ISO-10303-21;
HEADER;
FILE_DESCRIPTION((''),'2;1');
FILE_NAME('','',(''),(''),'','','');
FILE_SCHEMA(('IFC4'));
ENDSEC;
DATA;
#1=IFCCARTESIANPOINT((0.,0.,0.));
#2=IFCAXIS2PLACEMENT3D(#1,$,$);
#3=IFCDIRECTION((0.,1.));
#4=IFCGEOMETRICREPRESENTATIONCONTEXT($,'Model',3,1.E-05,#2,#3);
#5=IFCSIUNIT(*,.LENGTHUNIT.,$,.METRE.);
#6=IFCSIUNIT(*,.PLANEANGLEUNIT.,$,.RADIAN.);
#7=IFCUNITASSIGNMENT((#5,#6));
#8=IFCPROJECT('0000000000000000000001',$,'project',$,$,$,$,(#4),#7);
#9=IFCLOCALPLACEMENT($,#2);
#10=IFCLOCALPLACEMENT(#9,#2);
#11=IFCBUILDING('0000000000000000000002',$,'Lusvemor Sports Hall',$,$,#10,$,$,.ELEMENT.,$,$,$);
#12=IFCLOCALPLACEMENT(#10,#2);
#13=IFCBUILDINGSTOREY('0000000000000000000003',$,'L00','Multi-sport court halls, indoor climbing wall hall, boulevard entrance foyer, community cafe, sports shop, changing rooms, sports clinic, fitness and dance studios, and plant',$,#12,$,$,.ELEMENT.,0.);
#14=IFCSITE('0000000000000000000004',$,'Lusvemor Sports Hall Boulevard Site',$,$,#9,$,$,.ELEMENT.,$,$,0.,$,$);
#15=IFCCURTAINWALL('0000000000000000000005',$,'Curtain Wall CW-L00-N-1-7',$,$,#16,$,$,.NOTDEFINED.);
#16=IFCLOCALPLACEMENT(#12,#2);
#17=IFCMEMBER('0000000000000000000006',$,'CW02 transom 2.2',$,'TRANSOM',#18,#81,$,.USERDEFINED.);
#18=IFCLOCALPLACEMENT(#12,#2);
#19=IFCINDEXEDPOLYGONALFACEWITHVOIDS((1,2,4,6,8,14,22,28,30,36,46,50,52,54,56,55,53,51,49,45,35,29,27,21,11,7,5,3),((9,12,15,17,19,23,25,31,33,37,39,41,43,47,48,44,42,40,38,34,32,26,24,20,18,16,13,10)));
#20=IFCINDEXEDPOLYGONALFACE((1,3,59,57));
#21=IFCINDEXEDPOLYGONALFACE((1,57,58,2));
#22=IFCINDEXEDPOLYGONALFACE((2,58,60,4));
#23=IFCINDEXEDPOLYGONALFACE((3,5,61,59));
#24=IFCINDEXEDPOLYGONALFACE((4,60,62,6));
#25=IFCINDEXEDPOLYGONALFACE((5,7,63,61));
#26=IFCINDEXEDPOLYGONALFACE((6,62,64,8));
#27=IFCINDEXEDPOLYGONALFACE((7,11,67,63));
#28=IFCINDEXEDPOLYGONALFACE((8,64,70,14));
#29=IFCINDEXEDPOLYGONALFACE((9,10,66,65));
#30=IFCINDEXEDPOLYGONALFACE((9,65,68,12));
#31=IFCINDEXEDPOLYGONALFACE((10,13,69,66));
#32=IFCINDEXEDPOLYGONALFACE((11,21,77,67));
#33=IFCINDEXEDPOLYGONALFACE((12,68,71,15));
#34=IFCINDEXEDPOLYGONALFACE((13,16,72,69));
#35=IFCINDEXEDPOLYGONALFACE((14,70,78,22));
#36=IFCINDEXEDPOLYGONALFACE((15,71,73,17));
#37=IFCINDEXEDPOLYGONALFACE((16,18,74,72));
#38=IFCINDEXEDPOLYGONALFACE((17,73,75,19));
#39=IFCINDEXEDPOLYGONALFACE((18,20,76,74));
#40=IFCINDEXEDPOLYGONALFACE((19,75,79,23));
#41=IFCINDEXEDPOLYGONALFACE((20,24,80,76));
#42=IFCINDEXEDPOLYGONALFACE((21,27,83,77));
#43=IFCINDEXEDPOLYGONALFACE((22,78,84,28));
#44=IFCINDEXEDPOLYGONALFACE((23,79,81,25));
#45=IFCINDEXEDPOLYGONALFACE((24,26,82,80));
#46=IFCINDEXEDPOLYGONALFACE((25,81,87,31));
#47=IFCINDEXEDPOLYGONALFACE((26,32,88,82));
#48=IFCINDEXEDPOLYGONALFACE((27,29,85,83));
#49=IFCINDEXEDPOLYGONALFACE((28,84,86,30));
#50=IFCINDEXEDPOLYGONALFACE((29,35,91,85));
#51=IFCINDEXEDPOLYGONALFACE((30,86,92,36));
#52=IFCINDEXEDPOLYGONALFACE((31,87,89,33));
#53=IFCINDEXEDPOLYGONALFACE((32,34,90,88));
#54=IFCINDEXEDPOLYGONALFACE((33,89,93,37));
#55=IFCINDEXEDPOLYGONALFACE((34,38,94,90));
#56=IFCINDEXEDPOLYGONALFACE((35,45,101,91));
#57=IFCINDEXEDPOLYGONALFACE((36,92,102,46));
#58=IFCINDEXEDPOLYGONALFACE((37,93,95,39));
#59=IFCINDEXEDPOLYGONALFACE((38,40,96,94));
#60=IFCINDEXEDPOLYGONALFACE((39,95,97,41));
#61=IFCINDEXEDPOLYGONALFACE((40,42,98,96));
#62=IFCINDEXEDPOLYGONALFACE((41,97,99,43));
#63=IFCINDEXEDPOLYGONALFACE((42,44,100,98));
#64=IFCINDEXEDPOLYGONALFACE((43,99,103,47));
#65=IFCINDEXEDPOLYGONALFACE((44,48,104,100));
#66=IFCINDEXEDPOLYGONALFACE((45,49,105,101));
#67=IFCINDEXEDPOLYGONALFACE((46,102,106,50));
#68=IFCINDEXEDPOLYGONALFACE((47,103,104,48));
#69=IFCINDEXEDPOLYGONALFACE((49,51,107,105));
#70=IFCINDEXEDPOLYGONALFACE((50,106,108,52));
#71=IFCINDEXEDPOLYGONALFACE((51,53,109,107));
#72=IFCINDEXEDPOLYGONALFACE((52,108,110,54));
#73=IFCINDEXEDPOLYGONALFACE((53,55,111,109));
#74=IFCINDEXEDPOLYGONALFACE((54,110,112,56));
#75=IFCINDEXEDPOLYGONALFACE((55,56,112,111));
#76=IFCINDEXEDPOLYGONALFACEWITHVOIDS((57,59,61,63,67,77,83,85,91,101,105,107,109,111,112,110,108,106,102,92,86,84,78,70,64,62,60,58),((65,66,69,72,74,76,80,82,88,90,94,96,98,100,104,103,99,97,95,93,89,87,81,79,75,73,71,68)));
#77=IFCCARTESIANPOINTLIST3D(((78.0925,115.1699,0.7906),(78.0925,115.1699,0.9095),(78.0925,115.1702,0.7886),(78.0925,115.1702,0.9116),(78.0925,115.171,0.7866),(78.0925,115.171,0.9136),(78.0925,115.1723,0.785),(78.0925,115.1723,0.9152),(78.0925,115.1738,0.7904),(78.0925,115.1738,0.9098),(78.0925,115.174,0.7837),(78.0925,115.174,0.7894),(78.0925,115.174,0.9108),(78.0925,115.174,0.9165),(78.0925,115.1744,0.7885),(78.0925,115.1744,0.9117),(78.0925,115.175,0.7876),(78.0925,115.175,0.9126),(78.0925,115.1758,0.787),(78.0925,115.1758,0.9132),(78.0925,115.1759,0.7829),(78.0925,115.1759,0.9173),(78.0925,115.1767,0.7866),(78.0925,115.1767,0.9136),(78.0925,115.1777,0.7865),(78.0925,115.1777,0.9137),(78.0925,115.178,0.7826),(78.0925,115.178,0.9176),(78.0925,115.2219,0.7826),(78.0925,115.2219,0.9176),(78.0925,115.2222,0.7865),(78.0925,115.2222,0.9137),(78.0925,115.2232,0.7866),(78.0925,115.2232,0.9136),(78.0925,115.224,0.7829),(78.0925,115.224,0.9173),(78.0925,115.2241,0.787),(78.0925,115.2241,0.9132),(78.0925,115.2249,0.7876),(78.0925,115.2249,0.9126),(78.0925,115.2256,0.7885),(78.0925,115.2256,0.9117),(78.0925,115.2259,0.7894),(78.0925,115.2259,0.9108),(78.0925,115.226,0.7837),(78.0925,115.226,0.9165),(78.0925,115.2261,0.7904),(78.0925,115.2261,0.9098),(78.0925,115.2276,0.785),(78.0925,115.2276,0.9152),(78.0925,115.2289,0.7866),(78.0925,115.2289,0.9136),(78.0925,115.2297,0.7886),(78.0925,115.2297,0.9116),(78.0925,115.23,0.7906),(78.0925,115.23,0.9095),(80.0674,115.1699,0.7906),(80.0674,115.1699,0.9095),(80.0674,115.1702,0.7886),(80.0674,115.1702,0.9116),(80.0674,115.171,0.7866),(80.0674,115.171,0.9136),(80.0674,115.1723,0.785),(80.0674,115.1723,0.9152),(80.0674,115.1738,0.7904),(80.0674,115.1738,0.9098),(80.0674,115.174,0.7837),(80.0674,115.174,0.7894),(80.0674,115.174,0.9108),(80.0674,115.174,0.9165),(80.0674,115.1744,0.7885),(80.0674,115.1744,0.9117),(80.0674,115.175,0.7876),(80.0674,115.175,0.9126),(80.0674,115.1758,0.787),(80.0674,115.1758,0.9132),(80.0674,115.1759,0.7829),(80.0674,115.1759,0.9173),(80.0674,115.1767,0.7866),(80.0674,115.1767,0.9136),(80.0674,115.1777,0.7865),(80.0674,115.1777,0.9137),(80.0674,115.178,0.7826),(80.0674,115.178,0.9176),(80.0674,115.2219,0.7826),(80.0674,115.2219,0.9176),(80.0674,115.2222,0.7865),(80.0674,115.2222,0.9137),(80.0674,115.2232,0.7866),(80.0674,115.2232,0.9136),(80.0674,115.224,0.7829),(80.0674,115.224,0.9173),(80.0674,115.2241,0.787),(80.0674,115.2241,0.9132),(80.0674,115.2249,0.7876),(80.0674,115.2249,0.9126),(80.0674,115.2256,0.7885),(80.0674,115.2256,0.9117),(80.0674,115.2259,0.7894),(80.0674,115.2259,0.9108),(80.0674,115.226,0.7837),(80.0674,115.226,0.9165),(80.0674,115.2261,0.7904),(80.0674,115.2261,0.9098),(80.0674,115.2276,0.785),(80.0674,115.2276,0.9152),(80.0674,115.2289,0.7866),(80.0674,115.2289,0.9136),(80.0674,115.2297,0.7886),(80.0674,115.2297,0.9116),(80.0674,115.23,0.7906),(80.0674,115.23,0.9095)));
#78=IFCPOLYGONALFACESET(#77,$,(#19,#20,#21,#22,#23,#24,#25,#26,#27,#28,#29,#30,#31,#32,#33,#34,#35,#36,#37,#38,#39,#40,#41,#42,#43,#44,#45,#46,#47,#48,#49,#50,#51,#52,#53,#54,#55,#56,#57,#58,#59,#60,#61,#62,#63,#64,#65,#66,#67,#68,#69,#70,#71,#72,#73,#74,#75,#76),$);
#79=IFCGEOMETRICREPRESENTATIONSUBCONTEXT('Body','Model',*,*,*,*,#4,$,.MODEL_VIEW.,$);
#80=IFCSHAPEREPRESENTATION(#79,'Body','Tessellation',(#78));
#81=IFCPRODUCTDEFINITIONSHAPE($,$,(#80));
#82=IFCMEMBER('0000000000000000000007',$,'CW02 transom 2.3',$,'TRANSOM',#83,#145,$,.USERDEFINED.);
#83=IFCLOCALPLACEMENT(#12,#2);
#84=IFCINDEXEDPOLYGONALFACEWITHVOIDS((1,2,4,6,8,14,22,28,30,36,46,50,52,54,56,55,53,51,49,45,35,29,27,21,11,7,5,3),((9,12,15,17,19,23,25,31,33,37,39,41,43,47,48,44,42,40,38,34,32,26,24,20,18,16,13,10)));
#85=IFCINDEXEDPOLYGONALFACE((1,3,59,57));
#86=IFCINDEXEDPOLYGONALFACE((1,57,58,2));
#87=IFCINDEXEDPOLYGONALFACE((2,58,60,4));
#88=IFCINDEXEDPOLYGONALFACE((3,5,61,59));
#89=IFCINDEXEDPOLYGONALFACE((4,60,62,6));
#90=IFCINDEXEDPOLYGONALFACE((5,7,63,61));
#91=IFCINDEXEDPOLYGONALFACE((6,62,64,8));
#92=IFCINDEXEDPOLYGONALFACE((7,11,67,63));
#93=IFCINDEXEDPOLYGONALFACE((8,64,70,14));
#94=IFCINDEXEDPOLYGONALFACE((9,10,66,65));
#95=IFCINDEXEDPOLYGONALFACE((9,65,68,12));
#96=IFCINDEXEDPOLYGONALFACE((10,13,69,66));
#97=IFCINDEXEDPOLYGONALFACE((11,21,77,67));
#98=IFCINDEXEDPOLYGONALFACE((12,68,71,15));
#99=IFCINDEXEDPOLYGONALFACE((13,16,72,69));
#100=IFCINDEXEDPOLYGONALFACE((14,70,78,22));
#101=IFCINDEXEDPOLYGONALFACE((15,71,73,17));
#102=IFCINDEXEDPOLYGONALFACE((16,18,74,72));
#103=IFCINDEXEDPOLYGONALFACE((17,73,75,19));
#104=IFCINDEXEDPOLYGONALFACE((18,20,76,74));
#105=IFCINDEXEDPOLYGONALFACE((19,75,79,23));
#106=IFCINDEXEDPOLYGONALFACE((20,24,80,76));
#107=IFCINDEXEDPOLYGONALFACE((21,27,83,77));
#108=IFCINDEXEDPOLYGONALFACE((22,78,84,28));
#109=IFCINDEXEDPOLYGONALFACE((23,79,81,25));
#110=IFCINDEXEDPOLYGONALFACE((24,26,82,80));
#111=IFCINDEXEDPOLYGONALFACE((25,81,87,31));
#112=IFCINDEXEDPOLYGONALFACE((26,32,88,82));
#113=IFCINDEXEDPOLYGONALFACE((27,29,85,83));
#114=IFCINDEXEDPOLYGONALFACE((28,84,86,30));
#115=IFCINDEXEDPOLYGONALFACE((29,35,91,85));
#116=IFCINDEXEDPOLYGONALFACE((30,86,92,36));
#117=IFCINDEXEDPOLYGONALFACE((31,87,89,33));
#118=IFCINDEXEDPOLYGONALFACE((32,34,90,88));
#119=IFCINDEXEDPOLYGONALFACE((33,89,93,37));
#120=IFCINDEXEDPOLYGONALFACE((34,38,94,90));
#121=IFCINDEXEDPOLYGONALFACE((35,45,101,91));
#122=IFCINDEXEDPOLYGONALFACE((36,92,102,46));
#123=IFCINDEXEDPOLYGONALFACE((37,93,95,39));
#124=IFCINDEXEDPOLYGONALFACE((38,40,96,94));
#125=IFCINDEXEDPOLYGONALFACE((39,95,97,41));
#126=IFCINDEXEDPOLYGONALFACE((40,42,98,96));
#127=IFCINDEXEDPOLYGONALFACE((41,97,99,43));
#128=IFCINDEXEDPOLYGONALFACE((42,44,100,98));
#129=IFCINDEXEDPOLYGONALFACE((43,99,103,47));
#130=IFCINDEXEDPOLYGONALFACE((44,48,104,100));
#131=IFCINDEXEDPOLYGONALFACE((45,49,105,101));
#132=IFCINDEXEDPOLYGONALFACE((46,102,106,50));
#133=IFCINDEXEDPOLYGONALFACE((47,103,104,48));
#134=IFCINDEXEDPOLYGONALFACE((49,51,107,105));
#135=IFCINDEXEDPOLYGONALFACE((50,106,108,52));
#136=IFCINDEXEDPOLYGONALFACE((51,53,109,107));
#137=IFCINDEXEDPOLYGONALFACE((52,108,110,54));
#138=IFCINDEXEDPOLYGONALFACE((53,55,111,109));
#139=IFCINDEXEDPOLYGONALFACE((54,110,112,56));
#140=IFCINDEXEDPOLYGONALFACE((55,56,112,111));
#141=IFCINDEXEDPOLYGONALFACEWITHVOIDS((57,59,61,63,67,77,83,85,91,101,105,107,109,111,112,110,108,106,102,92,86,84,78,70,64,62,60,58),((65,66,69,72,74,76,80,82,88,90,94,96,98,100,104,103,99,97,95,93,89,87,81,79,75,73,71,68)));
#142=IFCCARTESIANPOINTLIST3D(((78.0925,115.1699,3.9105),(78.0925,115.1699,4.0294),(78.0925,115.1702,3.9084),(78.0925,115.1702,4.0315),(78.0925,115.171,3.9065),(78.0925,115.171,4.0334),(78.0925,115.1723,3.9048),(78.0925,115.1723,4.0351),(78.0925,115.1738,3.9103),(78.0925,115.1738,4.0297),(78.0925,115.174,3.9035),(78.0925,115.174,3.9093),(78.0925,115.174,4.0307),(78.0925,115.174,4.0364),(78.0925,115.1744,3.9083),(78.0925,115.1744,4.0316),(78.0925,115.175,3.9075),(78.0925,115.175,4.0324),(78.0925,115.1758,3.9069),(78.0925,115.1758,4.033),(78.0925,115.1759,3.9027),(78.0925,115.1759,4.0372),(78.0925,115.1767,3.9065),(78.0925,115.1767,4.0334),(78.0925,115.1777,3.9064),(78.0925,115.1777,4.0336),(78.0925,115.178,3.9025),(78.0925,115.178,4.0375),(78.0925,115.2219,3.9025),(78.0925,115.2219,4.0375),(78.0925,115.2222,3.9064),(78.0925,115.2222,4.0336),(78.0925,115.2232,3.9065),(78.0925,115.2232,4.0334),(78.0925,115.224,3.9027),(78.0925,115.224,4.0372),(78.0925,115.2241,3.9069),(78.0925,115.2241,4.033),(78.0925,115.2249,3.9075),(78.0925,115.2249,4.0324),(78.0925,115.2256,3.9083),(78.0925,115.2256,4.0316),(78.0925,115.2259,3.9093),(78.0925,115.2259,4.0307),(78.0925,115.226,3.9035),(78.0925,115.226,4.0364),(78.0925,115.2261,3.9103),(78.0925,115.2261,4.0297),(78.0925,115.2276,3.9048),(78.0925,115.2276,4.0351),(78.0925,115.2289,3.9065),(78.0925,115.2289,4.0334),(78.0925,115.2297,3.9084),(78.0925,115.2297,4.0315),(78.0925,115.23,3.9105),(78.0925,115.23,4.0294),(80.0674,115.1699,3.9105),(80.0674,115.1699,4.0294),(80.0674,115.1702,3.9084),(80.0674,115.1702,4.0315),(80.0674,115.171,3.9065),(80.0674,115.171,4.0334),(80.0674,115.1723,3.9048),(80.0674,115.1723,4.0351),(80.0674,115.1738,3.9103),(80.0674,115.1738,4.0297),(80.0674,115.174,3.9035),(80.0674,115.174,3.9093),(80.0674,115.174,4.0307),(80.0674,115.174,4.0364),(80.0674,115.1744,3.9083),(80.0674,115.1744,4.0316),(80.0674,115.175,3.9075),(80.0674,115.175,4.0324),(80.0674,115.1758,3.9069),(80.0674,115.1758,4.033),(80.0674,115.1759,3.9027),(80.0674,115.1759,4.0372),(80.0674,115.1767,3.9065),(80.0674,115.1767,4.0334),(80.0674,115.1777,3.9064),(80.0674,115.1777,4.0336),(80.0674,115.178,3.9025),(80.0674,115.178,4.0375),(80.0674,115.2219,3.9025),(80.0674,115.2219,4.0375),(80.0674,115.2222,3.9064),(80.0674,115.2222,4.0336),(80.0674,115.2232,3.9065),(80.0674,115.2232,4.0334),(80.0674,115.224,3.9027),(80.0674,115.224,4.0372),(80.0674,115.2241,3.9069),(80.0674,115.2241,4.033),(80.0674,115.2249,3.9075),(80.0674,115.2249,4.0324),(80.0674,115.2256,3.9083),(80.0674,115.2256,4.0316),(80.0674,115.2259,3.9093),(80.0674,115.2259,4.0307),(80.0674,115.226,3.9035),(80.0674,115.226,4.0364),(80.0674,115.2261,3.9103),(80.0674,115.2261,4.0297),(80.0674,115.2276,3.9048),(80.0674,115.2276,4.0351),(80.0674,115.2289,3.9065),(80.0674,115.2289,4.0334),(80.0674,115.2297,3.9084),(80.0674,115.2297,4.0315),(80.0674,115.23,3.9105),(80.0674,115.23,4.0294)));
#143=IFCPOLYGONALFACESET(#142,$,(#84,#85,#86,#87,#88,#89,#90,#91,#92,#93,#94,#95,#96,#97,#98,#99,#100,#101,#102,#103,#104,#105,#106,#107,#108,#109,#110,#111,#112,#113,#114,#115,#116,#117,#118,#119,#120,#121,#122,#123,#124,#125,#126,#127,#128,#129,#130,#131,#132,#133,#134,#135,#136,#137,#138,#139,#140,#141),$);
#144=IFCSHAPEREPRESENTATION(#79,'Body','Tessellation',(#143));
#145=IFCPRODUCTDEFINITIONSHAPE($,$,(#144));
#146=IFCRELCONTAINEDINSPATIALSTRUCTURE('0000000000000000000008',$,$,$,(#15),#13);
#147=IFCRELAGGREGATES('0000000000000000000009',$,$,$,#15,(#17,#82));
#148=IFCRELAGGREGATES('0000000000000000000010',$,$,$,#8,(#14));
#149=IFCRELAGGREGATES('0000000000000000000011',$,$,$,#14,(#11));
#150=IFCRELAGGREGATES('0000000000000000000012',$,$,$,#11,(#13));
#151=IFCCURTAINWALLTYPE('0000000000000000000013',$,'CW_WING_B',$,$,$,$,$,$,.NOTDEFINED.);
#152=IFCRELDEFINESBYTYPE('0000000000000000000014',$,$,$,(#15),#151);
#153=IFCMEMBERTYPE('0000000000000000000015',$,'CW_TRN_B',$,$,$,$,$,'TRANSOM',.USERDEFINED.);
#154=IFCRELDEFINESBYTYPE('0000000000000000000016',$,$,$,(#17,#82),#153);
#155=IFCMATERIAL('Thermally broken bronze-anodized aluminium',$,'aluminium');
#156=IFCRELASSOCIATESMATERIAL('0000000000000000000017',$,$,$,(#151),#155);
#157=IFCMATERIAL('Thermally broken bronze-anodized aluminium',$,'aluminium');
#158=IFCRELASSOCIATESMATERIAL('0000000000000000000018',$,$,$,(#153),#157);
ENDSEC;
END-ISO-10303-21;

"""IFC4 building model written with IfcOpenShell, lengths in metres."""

from ifc_helpers import new_model, si_unit, direction, frame, origin, origin_2d, place, context, subcontext, project, spatial, hollow_rectangle, extrude, material, material_profile, profile_set, type_object, element, aggregate, save


model = new_model("IFC4")

# Units and contexts
model_context = context("Model", 3, precision=1e-05, world=origin(), true_north=direction((0.0, 1.0)))
body_context = subcontext(model_context, "Body", "Model", "MODEL_VIEW")
ifc_project = project(units=[si_unit("LENGTHUNIT", "METRE"), si_unit("PLANEANGLEUNIT", "RADIAN")], contexts=[model_context])

# Site, building, storey
site_placement = place(None, origin())
site = spatial("IfcSite", under=ifc_project, at=site_placement, Name="Lusvemor Sports Hall Boulevard Site", CompositionType="ELEMENT", RefElevation=0.0)
building_placement = place(site_placement, origin())
building = spatial("IfcBuilding", under=site, at=building_placement, Name="Lusvemor Sports Hall", CompositionType="ELEMENT")
storey_placement = place(building_placement, origin())
storey = spatial("IfcBuildingStorey", under=building, at=storey_placement, Name="L00", Description="Multi-sport court halls, indoor climbing wall hall, boulevard entrance foyer, community cafe, sports shop, changing rooms, sports clinic, fitness and dance studios, and plant", CompositionType="ELEMENT", Elevation=0.0)

# Curtain wall, members
ifc_material_1 = material(Name="Thermally broken bronze-anodized aluminium", Category="aluminium")
curtain_wall_type = type_object("IfcCurtainWallType", Name="CW_WING_B", PredefinedType="NOTDEFINED", material=ifc_material_1)
curtain_wall_placement = place(storey_placement, origin())
curtain_wall = element("IfcCurtainWall", 1, at=curtain_wall_placement, inside=storey, type_object=curtain_wall_type, Name="Curtain Wall CW-L00-N-1-7", PredefinedType="NOTDEFINED")
ifc_material_2 = material(Name="Thermally broken bronze-anodized aluminium", Category="aluminium")
ifc_material_profile_1 = material_profile(ifc_material_2, hollow_rectangle(XDim=0.0601, YDim=0.135, WallThickness=0.0039, InnerFilletRadius=0.0039, OuterFilletRadius=0.0081, at=origin_2d()), Name="CWTRN135x60x4")
ifc_profile_set_1 = profile_set([ifc_material_profile_1], Name="Thermally broken bronze-anodized aluminium")
member_type_1 = type_object("IfcMemberType", Name="CW_TRN_B", ElementType="TRANSOM", PredefinedType="USERDEFINED", material=ifc_profile_set_1)
member_1_placement = place(storey_placement, frame((78.0925, 115.2, 0.8501), z_axis=(1.0, 0.0, 0.0), x_axis=(0.0, 1.0, 0.0)))
member_1 = element("IfcMember", 2, at=member_1_placement, type_object=member_type_1, Name="CW02 transom 2.2", ObjectType="TRANSOM", PredefinedType="USERDEFINED", context=body_context, shape_type="SweptSolid", body=[
    extrude(hollow_rectangle(XDim=0.0601, YDim=0.135, WallThickness=0.0039, InnerFilletRadius=0.0039, OuterFilletRadius=0.0081, at=origin_2d()), origin(), (0.0, 0.0, 1.0), 1.9749),
])
member_2_placement = place(storey_placement, frame((78.0925, 115.2, 3.97), z_axis=(1.0, 0.0, 0.0), x_axis=(0.0, 1.0, 0.0)))
member_2 = element("IfcMember", 3, at=member_2_placement, type_object=member_type_1, Name="CW02 transom 2.3", ObjectType="TRANSOM", PredefinedType="USERDEFINED", context=body_context, shape_type="SweptSolid", body=[
    extrude(hollow_rectangle(XDim=0.0601, YDim=0.135, WallThickness=0.0039, InnerFilletRadius=0.0039, OuterFilletRadius=0.0081, at=origin_2d()), origin(), (0.0, 0.0, 1.0), 1.9749),
])
aggregate(curtain_wall, [member_1, member_2])

save(model, "model.ifc")
